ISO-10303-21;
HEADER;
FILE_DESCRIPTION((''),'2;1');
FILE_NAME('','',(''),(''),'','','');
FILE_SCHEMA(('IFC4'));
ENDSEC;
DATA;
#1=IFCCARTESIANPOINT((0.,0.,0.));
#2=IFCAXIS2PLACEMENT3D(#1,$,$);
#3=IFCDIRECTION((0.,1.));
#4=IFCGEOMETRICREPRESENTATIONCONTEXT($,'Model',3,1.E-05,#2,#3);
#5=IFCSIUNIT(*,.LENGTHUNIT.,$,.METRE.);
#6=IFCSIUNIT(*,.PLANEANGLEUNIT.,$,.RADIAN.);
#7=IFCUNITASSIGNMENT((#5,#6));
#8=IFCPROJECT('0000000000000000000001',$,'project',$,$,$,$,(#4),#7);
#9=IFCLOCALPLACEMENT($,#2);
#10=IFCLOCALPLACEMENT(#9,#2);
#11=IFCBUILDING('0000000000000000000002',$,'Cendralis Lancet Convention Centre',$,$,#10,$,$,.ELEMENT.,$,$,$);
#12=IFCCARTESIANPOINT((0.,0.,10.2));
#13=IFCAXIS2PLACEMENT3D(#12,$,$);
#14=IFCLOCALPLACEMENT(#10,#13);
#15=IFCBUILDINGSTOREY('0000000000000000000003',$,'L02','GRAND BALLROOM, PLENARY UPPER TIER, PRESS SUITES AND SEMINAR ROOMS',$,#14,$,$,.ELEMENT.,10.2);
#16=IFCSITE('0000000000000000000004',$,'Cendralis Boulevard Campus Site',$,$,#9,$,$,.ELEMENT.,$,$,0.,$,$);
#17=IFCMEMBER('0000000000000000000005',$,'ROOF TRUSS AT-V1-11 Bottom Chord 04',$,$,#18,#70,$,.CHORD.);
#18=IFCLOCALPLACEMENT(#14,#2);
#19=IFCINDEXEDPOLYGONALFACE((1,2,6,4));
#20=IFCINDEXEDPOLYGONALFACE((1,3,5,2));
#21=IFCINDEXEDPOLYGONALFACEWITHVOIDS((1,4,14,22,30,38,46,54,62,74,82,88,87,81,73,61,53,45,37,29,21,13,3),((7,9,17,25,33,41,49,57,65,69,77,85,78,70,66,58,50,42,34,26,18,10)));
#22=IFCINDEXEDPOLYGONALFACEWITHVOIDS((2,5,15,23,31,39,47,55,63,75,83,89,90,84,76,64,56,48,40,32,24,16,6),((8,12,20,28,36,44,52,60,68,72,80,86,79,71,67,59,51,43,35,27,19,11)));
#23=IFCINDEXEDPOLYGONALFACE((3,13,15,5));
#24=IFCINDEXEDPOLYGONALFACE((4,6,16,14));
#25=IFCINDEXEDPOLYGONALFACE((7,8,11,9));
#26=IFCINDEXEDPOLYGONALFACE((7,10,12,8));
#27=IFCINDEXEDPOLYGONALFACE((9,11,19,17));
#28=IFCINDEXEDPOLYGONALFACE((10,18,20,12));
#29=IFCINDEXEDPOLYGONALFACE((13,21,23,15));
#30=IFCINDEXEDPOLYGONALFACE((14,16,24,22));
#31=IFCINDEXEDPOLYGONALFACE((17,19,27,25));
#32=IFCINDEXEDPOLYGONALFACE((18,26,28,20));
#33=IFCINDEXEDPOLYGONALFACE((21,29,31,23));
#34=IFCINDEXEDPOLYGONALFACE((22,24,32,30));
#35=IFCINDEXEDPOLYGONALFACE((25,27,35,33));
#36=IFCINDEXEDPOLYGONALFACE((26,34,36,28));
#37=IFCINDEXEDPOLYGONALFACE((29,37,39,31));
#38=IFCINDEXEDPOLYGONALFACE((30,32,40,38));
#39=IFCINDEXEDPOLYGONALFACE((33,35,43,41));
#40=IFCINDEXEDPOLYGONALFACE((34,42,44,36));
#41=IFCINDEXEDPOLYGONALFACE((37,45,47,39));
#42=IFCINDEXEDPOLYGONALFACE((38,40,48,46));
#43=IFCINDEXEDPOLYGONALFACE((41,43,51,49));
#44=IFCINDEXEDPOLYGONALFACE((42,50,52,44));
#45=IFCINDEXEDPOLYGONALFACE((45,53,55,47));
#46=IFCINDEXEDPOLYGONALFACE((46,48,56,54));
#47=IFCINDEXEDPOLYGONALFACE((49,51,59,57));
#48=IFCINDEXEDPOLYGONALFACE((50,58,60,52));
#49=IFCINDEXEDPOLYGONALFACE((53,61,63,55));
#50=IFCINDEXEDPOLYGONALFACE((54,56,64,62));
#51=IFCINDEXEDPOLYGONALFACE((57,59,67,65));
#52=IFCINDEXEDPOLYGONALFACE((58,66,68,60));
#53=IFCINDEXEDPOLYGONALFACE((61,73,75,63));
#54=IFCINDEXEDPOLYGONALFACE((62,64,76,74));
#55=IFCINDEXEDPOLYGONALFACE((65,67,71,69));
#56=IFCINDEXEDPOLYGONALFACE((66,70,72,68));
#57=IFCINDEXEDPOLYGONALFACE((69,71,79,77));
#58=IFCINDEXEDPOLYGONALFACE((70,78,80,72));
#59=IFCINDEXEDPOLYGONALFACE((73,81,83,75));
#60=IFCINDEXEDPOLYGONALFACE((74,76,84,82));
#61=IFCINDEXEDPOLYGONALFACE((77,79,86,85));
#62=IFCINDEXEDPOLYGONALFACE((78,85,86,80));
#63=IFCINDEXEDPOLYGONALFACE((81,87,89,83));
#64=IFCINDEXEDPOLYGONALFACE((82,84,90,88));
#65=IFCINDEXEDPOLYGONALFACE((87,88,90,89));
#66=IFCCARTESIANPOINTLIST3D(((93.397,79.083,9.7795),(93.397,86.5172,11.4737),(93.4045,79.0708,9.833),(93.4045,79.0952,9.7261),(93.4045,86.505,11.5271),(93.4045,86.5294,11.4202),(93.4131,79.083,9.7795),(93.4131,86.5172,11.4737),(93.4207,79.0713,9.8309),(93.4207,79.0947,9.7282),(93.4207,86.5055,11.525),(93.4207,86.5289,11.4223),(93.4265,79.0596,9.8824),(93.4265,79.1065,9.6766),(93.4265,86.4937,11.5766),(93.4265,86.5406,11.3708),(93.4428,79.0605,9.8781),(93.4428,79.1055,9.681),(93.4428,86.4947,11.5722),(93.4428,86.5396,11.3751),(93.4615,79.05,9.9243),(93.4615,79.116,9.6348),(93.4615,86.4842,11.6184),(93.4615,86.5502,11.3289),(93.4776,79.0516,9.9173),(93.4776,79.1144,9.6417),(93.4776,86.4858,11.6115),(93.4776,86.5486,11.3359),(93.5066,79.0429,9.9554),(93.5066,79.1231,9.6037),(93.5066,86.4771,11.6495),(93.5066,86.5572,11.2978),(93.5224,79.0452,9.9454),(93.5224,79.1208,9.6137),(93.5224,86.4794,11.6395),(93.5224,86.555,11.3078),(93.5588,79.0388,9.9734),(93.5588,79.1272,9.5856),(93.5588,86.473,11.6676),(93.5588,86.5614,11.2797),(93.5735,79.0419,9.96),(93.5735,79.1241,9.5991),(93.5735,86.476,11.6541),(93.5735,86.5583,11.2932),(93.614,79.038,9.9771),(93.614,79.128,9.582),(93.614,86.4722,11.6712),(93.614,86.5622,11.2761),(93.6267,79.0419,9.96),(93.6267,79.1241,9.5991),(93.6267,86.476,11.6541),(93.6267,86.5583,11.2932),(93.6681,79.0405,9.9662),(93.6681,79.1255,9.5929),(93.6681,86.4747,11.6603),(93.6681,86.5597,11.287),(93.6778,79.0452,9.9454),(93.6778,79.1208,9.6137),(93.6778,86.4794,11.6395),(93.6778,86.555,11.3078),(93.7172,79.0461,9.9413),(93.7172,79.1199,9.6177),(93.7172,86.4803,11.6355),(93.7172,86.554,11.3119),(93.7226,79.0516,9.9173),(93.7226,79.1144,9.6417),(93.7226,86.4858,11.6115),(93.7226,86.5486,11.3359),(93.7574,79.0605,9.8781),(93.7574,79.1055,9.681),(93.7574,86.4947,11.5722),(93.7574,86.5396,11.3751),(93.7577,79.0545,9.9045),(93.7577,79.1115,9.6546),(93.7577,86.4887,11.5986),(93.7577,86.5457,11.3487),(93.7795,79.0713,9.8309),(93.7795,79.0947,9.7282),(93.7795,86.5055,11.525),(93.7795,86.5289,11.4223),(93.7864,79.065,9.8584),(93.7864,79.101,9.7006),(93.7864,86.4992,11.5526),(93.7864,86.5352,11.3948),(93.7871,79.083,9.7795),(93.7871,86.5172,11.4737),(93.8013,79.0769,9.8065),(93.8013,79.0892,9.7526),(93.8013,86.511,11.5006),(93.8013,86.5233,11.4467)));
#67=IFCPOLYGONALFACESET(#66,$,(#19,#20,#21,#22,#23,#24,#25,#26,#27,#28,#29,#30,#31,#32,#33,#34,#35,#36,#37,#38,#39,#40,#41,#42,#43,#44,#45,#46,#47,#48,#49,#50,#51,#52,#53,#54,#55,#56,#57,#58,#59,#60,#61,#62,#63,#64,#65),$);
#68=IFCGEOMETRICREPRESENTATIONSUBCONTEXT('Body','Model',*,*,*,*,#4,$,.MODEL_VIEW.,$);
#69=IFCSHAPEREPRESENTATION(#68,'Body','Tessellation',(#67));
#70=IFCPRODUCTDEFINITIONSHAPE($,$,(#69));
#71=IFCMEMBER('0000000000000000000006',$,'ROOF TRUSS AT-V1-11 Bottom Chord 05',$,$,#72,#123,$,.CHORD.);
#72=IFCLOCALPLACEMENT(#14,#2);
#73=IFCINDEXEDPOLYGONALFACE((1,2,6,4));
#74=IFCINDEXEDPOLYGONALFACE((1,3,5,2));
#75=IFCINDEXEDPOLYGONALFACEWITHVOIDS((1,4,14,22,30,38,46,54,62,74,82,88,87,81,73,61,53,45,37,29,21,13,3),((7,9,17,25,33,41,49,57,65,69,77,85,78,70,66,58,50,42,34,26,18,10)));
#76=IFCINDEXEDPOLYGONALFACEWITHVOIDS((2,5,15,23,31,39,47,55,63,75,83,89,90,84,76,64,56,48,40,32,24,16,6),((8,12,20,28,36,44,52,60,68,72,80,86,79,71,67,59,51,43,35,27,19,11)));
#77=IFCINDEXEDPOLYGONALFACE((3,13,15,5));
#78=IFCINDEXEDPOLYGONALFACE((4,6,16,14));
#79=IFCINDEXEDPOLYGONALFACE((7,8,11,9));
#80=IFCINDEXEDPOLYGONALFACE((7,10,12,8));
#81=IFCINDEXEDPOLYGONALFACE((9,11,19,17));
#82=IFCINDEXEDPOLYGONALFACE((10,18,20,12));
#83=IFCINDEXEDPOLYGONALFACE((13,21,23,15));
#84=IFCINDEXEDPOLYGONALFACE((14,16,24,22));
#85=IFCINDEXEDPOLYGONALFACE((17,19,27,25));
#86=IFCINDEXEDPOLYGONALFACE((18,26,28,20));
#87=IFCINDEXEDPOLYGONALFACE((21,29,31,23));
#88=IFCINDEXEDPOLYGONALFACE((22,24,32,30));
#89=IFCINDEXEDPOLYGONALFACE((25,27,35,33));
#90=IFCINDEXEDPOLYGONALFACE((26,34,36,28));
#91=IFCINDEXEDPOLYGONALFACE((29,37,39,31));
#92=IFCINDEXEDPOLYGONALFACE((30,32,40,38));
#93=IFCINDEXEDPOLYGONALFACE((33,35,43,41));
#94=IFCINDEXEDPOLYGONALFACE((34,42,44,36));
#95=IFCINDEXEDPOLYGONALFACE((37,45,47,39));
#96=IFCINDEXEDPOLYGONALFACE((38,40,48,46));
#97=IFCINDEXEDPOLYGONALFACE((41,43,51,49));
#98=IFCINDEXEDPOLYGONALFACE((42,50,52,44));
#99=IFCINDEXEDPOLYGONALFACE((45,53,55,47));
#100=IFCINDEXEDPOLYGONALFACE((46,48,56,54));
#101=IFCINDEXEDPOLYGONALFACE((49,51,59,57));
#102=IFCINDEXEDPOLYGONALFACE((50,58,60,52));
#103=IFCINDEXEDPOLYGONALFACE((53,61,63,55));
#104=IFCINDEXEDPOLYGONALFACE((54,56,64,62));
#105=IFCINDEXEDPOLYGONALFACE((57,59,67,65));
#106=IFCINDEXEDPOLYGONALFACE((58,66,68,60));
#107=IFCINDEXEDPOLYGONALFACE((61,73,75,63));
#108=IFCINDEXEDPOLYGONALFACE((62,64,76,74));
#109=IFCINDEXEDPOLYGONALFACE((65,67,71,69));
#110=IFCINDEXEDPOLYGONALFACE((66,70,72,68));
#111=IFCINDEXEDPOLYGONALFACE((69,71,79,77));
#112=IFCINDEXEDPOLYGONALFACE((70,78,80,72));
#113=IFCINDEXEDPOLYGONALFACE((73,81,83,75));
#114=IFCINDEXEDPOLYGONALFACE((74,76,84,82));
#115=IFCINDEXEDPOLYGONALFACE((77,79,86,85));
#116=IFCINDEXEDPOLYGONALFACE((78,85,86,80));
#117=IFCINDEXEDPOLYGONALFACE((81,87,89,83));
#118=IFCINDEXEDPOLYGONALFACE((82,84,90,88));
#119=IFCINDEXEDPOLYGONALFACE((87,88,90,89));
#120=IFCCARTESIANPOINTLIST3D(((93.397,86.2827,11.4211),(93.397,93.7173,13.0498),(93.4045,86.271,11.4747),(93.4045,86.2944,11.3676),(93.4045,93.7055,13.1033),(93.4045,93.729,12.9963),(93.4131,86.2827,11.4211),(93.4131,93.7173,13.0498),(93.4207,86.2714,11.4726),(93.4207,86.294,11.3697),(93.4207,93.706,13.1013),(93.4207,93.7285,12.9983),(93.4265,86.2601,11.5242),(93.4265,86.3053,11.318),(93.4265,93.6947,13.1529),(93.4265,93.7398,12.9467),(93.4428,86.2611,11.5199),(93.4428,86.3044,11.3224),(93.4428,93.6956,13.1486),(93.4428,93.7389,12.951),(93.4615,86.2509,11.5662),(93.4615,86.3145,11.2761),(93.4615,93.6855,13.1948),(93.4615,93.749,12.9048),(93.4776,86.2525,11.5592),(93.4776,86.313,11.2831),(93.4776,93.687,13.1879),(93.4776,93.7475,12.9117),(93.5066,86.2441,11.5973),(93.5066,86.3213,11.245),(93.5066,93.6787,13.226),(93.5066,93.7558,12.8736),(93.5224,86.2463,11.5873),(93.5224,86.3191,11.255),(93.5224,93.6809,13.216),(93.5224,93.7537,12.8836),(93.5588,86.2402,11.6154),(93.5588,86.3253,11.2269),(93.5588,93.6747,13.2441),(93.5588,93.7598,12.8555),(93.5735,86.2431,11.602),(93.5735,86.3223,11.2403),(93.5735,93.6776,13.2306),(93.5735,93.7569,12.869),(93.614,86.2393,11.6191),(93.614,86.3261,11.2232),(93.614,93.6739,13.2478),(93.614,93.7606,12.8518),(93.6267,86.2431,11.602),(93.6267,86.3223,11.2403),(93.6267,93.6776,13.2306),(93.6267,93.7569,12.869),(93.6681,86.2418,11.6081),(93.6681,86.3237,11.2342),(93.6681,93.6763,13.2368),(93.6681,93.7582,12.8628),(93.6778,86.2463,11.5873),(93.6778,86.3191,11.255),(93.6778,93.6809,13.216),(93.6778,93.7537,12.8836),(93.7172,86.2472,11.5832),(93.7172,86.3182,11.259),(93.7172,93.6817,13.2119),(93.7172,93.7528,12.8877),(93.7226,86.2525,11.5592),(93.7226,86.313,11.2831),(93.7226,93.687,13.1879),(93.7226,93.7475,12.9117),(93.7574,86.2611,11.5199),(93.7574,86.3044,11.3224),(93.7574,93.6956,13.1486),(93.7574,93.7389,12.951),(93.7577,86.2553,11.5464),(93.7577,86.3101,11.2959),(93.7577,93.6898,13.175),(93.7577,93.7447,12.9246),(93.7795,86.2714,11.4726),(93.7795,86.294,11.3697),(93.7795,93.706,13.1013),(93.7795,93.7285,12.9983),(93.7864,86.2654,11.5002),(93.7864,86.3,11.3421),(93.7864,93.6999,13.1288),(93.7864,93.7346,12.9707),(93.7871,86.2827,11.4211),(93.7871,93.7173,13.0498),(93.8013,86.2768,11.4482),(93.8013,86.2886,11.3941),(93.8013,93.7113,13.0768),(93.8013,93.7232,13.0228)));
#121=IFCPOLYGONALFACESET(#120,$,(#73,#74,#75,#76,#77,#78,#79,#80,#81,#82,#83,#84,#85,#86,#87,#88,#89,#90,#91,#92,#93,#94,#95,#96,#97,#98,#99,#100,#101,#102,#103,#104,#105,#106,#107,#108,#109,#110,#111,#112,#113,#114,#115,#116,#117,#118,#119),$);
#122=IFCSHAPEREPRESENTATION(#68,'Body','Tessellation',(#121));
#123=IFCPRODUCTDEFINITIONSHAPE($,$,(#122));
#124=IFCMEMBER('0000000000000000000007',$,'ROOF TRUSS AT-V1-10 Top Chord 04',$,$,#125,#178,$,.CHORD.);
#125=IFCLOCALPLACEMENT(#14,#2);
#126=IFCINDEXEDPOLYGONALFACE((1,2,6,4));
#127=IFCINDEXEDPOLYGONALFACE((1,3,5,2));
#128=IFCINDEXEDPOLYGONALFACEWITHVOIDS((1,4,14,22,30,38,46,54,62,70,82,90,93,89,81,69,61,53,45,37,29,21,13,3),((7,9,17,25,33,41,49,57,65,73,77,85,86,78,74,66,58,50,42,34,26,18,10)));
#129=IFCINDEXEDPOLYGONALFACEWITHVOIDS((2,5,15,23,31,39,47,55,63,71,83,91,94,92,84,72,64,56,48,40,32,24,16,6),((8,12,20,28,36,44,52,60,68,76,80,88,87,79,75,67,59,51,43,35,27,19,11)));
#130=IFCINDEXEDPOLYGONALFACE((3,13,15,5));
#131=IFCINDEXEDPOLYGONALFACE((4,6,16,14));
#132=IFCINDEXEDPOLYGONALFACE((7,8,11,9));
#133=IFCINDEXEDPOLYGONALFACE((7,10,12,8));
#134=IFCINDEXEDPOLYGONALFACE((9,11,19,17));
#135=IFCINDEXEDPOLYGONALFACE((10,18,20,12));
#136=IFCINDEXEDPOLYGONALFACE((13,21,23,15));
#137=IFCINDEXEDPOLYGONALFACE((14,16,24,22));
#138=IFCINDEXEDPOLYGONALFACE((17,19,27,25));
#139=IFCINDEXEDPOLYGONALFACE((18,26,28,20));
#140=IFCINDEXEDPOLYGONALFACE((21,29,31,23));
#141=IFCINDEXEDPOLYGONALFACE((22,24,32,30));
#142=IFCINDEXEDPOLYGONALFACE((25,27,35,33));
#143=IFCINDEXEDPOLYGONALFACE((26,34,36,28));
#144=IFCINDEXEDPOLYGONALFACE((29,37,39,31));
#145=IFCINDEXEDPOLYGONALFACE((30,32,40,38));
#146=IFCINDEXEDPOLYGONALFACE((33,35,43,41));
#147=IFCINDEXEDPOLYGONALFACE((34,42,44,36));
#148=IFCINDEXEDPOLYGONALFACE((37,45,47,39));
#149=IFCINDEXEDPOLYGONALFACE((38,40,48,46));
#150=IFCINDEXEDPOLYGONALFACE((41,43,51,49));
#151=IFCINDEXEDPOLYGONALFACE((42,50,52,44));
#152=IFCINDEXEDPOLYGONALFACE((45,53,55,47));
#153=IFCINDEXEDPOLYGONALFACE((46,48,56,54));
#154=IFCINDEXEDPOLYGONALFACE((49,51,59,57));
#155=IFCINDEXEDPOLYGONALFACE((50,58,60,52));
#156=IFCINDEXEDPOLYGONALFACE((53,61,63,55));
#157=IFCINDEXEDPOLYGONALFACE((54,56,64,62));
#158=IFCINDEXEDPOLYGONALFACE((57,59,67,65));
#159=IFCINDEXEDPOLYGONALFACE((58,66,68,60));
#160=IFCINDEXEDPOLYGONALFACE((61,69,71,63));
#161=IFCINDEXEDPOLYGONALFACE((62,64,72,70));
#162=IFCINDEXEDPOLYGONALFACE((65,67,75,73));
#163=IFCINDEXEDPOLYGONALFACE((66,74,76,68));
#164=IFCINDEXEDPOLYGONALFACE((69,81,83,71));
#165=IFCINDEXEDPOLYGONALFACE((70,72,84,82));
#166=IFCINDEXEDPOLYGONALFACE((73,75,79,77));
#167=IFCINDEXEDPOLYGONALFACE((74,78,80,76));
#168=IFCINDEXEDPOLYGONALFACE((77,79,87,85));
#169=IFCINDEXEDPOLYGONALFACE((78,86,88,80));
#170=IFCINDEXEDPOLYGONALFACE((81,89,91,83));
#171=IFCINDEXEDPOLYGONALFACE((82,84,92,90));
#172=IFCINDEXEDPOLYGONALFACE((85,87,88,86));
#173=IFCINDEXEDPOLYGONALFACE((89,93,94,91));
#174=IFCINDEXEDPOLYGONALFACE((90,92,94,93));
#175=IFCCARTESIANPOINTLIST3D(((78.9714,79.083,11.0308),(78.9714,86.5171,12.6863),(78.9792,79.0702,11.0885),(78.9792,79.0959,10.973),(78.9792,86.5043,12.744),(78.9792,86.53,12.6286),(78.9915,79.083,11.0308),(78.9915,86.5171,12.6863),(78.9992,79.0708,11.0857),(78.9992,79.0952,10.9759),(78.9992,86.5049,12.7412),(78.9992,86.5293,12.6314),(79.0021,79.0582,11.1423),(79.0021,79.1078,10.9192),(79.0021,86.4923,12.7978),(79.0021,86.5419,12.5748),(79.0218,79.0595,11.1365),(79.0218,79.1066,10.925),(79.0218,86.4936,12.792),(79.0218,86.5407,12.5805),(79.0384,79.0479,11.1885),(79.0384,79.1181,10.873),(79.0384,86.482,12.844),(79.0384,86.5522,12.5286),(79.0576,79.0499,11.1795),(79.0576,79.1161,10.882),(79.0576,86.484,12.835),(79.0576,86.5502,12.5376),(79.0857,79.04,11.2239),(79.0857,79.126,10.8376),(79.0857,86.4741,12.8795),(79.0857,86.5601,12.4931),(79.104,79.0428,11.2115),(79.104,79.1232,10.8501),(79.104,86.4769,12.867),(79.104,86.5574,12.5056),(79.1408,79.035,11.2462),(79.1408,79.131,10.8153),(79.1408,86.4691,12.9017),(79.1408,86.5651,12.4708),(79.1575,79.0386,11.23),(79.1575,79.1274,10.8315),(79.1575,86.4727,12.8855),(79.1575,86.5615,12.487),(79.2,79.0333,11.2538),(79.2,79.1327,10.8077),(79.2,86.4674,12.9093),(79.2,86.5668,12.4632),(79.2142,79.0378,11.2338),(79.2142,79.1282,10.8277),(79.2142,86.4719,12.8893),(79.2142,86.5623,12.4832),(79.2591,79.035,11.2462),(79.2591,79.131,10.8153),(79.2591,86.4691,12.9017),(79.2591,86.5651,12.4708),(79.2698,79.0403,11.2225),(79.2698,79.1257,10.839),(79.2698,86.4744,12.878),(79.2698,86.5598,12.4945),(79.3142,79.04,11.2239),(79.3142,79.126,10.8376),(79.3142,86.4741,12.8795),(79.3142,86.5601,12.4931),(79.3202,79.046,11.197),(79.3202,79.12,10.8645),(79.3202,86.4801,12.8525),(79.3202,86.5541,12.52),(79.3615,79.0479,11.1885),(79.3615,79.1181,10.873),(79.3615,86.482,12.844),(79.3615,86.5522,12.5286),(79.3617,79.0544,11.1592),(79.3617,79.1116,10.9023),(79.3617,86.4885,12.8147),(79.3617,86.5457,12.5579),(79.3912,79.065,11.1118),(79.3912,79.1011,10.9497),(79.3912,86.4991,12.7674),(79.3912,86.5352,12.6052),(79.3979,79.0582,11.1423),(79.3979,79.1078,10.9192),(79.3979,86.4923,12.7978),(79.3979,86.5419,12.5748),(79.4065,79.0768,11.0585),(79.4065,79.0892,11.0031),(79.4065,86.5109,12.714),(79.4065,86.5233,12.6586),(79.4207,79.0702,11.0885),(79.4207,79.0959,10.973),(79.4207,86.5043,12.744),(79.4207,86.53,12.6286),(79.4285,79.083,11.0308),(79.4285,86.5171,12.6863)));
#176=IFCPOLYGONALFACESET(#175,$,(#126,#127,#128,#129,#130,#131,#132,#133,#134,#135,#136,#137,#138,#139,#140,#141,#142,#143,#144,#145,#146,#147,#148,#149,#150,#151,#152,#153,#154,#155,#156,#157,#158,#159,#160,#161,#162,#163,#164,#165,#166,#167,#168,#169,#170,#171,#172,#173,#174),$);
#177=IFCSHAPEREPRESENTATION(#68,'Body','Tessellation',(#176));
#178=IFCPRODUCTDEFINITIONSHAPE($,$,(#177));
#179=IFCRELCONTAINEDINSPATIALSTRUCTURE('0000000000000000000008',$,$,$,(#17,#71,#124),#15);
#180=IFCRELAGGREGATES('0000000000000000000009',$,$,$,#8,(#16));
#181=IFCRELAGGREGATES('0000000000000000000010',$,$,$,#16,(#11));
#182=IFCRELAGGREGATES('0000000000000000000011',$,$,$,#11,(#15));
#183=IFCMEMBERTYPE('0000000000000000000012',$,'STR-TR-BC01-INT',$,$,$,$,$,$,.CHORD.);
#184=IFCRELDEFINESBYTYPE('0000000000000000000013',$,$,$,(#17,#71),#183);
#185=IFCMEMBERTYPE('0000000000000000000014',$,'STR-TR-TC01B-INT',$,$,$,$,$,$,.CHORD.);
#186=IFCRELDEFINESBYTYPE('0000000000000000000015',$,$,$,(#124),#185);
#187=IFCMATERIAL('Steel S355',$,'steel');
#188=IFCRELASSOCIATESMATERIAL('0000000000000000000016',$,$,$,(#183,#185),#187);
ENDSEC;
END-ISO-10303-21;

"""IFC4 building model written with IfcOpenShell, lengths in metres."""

from ifc_helpers import new_model, si_unit, direction, frame, origin, origin_2d, place, context, subcontext, project, spatial, hollow_circle, extrude, material, material_profile, profile_set, type_object, element, save


model = new_model("IFC4")

# Units and contexts
model_context = context("Model", 3, precision=1e-05, world=origin(), true_north=direction((0.0, 1.0)))
body_context = subcontext(model_context, "Body", "Model", "MODEL_VIEW")
ifc_project = project(units=[si_unit("LENGTHUNIT", "METRE"), si_unit("PLANEANGLEUNIT", "RADIAN")], contexts=[model_context])

# Site, building, storey
site_placement = place(None, origin())
site = spatial("IfcSite", under=ifc_project, at=site_placement, Name="Cendralis Boulevard Campus Site", CompositionType="ELEMENT", RefElevation=0.0)
building_placement = place(site_placement, origin())
building = spatial("IfcBuilding", under=site, at=building_placement, Name="Cendralis Lancet Convention Centre", CompositionType="ELEMENT")
storey_placement = place(building_placement, frame((0.0, 0.0, 10.2)))
storey = spatial("IfcBuildingStorey", under=building, at=storey_placement, Name="L02", Description="GRAND BALLROOM, PLENARY UPPER TIER, PRESS SUITES AND SEMINAR ROOMS", CompositionType="ELEMENT", Elevation=10.2)

# Members
ifc_material = material(Name="Steel S355", Category="steel")
ifc_material_profile_1 = material_profile(ifc_material, hollow_circle(Radius=0.2031, WallThickness=0.0161, at=origin_2d()), Name="CHS 406.4x16.0")
ifc_profile_set_1 = profile_set([ifc_material_profile_1], Name="Steel S355")
member_type_1 = type_object("IfcMemberType", Name="STR-TR-BC01-INT", PredefinedType="CHORD", material=ifc_profile_set_1)
member_1_placement = place(storey_placement, frame((93.6001, 79.083, 9.7795), z_axis=(0.0, 0.975004, 0.222186), x_axis=(-1.0, 0.0, 0.0)))
element("IfcMember", 1, at=member_1_placement, inside=storey, type_object=member_type_1, Name="ROOF TRUSS AT-V1-11 Bottom Chord 04", PredefinedType="CHORD", context=body_context, shape_type="SweptSolid", body=[
    extrude(hollow_circle(Radius=0.2031, WallThickness=0.0161, at=origin_2d()), origin(), (0.0, 0.0, 1.0), 7.6248),
])
member_2_placement = place(storey_placement, frame((93.6001, 86.2827, 11.4211), z_axis=(0.0, 0.976836, 0.213992), x_axis=(-1.0, 0.0, 0.0)))
element("IfcMember", 2, at=member_2_placement, inside=storey, type_object=member_type_1, Name="ROOF TRUSS AT-V1-11 Bottom Chord 05", PredefinedType="CHORD", context=body_context, shape_type="SweptSolid", body=[
    extrude(hollow_circle(Radius=0.2031, WallThickness=0.0161, at=origin_2d()), origin(), (0.0, 0.0, 1.0), 7.6108),
])
ifc_material_profile_2 = material_profile(ifc_material, hollow_circle(Radius=0.2285, WallThickness=0.02, at=origin_2d()), Name="CHS 457.0x20.0")
ifc_profile_set_2 = profile_set([ifc_material_profile_2], Name="Steel S355")
member_type_2 = type_object("IfcMemberType", Name="STR-TR-TC01B-INT", PredefinedType="CHORD", material=ifc_profile_set_2)
member_3_placement = place(storey_placement, frame((79.2, 79.083, 11.0308), z_axis=(0.0, 0.97609, 0.217368), x_axis=(-1.0, 0.0, 0.0)))
element("IfcMember", 3, at=member_3_placement, inside=storey, type_object=member_type_2, Name="ROOF TRUSS AT-V1-10 Top Chord 04", PredefinedType="CHORD", context=body_context, shape_type="SweptSolid", body=[
    extrude(hollow_circle(Radius=0.2285, WallThickness=0.02, at=origin_2d()), origin(), (0.0, 0.0, 1.0), 7.6162),
])

save(model, "model.ifc")
